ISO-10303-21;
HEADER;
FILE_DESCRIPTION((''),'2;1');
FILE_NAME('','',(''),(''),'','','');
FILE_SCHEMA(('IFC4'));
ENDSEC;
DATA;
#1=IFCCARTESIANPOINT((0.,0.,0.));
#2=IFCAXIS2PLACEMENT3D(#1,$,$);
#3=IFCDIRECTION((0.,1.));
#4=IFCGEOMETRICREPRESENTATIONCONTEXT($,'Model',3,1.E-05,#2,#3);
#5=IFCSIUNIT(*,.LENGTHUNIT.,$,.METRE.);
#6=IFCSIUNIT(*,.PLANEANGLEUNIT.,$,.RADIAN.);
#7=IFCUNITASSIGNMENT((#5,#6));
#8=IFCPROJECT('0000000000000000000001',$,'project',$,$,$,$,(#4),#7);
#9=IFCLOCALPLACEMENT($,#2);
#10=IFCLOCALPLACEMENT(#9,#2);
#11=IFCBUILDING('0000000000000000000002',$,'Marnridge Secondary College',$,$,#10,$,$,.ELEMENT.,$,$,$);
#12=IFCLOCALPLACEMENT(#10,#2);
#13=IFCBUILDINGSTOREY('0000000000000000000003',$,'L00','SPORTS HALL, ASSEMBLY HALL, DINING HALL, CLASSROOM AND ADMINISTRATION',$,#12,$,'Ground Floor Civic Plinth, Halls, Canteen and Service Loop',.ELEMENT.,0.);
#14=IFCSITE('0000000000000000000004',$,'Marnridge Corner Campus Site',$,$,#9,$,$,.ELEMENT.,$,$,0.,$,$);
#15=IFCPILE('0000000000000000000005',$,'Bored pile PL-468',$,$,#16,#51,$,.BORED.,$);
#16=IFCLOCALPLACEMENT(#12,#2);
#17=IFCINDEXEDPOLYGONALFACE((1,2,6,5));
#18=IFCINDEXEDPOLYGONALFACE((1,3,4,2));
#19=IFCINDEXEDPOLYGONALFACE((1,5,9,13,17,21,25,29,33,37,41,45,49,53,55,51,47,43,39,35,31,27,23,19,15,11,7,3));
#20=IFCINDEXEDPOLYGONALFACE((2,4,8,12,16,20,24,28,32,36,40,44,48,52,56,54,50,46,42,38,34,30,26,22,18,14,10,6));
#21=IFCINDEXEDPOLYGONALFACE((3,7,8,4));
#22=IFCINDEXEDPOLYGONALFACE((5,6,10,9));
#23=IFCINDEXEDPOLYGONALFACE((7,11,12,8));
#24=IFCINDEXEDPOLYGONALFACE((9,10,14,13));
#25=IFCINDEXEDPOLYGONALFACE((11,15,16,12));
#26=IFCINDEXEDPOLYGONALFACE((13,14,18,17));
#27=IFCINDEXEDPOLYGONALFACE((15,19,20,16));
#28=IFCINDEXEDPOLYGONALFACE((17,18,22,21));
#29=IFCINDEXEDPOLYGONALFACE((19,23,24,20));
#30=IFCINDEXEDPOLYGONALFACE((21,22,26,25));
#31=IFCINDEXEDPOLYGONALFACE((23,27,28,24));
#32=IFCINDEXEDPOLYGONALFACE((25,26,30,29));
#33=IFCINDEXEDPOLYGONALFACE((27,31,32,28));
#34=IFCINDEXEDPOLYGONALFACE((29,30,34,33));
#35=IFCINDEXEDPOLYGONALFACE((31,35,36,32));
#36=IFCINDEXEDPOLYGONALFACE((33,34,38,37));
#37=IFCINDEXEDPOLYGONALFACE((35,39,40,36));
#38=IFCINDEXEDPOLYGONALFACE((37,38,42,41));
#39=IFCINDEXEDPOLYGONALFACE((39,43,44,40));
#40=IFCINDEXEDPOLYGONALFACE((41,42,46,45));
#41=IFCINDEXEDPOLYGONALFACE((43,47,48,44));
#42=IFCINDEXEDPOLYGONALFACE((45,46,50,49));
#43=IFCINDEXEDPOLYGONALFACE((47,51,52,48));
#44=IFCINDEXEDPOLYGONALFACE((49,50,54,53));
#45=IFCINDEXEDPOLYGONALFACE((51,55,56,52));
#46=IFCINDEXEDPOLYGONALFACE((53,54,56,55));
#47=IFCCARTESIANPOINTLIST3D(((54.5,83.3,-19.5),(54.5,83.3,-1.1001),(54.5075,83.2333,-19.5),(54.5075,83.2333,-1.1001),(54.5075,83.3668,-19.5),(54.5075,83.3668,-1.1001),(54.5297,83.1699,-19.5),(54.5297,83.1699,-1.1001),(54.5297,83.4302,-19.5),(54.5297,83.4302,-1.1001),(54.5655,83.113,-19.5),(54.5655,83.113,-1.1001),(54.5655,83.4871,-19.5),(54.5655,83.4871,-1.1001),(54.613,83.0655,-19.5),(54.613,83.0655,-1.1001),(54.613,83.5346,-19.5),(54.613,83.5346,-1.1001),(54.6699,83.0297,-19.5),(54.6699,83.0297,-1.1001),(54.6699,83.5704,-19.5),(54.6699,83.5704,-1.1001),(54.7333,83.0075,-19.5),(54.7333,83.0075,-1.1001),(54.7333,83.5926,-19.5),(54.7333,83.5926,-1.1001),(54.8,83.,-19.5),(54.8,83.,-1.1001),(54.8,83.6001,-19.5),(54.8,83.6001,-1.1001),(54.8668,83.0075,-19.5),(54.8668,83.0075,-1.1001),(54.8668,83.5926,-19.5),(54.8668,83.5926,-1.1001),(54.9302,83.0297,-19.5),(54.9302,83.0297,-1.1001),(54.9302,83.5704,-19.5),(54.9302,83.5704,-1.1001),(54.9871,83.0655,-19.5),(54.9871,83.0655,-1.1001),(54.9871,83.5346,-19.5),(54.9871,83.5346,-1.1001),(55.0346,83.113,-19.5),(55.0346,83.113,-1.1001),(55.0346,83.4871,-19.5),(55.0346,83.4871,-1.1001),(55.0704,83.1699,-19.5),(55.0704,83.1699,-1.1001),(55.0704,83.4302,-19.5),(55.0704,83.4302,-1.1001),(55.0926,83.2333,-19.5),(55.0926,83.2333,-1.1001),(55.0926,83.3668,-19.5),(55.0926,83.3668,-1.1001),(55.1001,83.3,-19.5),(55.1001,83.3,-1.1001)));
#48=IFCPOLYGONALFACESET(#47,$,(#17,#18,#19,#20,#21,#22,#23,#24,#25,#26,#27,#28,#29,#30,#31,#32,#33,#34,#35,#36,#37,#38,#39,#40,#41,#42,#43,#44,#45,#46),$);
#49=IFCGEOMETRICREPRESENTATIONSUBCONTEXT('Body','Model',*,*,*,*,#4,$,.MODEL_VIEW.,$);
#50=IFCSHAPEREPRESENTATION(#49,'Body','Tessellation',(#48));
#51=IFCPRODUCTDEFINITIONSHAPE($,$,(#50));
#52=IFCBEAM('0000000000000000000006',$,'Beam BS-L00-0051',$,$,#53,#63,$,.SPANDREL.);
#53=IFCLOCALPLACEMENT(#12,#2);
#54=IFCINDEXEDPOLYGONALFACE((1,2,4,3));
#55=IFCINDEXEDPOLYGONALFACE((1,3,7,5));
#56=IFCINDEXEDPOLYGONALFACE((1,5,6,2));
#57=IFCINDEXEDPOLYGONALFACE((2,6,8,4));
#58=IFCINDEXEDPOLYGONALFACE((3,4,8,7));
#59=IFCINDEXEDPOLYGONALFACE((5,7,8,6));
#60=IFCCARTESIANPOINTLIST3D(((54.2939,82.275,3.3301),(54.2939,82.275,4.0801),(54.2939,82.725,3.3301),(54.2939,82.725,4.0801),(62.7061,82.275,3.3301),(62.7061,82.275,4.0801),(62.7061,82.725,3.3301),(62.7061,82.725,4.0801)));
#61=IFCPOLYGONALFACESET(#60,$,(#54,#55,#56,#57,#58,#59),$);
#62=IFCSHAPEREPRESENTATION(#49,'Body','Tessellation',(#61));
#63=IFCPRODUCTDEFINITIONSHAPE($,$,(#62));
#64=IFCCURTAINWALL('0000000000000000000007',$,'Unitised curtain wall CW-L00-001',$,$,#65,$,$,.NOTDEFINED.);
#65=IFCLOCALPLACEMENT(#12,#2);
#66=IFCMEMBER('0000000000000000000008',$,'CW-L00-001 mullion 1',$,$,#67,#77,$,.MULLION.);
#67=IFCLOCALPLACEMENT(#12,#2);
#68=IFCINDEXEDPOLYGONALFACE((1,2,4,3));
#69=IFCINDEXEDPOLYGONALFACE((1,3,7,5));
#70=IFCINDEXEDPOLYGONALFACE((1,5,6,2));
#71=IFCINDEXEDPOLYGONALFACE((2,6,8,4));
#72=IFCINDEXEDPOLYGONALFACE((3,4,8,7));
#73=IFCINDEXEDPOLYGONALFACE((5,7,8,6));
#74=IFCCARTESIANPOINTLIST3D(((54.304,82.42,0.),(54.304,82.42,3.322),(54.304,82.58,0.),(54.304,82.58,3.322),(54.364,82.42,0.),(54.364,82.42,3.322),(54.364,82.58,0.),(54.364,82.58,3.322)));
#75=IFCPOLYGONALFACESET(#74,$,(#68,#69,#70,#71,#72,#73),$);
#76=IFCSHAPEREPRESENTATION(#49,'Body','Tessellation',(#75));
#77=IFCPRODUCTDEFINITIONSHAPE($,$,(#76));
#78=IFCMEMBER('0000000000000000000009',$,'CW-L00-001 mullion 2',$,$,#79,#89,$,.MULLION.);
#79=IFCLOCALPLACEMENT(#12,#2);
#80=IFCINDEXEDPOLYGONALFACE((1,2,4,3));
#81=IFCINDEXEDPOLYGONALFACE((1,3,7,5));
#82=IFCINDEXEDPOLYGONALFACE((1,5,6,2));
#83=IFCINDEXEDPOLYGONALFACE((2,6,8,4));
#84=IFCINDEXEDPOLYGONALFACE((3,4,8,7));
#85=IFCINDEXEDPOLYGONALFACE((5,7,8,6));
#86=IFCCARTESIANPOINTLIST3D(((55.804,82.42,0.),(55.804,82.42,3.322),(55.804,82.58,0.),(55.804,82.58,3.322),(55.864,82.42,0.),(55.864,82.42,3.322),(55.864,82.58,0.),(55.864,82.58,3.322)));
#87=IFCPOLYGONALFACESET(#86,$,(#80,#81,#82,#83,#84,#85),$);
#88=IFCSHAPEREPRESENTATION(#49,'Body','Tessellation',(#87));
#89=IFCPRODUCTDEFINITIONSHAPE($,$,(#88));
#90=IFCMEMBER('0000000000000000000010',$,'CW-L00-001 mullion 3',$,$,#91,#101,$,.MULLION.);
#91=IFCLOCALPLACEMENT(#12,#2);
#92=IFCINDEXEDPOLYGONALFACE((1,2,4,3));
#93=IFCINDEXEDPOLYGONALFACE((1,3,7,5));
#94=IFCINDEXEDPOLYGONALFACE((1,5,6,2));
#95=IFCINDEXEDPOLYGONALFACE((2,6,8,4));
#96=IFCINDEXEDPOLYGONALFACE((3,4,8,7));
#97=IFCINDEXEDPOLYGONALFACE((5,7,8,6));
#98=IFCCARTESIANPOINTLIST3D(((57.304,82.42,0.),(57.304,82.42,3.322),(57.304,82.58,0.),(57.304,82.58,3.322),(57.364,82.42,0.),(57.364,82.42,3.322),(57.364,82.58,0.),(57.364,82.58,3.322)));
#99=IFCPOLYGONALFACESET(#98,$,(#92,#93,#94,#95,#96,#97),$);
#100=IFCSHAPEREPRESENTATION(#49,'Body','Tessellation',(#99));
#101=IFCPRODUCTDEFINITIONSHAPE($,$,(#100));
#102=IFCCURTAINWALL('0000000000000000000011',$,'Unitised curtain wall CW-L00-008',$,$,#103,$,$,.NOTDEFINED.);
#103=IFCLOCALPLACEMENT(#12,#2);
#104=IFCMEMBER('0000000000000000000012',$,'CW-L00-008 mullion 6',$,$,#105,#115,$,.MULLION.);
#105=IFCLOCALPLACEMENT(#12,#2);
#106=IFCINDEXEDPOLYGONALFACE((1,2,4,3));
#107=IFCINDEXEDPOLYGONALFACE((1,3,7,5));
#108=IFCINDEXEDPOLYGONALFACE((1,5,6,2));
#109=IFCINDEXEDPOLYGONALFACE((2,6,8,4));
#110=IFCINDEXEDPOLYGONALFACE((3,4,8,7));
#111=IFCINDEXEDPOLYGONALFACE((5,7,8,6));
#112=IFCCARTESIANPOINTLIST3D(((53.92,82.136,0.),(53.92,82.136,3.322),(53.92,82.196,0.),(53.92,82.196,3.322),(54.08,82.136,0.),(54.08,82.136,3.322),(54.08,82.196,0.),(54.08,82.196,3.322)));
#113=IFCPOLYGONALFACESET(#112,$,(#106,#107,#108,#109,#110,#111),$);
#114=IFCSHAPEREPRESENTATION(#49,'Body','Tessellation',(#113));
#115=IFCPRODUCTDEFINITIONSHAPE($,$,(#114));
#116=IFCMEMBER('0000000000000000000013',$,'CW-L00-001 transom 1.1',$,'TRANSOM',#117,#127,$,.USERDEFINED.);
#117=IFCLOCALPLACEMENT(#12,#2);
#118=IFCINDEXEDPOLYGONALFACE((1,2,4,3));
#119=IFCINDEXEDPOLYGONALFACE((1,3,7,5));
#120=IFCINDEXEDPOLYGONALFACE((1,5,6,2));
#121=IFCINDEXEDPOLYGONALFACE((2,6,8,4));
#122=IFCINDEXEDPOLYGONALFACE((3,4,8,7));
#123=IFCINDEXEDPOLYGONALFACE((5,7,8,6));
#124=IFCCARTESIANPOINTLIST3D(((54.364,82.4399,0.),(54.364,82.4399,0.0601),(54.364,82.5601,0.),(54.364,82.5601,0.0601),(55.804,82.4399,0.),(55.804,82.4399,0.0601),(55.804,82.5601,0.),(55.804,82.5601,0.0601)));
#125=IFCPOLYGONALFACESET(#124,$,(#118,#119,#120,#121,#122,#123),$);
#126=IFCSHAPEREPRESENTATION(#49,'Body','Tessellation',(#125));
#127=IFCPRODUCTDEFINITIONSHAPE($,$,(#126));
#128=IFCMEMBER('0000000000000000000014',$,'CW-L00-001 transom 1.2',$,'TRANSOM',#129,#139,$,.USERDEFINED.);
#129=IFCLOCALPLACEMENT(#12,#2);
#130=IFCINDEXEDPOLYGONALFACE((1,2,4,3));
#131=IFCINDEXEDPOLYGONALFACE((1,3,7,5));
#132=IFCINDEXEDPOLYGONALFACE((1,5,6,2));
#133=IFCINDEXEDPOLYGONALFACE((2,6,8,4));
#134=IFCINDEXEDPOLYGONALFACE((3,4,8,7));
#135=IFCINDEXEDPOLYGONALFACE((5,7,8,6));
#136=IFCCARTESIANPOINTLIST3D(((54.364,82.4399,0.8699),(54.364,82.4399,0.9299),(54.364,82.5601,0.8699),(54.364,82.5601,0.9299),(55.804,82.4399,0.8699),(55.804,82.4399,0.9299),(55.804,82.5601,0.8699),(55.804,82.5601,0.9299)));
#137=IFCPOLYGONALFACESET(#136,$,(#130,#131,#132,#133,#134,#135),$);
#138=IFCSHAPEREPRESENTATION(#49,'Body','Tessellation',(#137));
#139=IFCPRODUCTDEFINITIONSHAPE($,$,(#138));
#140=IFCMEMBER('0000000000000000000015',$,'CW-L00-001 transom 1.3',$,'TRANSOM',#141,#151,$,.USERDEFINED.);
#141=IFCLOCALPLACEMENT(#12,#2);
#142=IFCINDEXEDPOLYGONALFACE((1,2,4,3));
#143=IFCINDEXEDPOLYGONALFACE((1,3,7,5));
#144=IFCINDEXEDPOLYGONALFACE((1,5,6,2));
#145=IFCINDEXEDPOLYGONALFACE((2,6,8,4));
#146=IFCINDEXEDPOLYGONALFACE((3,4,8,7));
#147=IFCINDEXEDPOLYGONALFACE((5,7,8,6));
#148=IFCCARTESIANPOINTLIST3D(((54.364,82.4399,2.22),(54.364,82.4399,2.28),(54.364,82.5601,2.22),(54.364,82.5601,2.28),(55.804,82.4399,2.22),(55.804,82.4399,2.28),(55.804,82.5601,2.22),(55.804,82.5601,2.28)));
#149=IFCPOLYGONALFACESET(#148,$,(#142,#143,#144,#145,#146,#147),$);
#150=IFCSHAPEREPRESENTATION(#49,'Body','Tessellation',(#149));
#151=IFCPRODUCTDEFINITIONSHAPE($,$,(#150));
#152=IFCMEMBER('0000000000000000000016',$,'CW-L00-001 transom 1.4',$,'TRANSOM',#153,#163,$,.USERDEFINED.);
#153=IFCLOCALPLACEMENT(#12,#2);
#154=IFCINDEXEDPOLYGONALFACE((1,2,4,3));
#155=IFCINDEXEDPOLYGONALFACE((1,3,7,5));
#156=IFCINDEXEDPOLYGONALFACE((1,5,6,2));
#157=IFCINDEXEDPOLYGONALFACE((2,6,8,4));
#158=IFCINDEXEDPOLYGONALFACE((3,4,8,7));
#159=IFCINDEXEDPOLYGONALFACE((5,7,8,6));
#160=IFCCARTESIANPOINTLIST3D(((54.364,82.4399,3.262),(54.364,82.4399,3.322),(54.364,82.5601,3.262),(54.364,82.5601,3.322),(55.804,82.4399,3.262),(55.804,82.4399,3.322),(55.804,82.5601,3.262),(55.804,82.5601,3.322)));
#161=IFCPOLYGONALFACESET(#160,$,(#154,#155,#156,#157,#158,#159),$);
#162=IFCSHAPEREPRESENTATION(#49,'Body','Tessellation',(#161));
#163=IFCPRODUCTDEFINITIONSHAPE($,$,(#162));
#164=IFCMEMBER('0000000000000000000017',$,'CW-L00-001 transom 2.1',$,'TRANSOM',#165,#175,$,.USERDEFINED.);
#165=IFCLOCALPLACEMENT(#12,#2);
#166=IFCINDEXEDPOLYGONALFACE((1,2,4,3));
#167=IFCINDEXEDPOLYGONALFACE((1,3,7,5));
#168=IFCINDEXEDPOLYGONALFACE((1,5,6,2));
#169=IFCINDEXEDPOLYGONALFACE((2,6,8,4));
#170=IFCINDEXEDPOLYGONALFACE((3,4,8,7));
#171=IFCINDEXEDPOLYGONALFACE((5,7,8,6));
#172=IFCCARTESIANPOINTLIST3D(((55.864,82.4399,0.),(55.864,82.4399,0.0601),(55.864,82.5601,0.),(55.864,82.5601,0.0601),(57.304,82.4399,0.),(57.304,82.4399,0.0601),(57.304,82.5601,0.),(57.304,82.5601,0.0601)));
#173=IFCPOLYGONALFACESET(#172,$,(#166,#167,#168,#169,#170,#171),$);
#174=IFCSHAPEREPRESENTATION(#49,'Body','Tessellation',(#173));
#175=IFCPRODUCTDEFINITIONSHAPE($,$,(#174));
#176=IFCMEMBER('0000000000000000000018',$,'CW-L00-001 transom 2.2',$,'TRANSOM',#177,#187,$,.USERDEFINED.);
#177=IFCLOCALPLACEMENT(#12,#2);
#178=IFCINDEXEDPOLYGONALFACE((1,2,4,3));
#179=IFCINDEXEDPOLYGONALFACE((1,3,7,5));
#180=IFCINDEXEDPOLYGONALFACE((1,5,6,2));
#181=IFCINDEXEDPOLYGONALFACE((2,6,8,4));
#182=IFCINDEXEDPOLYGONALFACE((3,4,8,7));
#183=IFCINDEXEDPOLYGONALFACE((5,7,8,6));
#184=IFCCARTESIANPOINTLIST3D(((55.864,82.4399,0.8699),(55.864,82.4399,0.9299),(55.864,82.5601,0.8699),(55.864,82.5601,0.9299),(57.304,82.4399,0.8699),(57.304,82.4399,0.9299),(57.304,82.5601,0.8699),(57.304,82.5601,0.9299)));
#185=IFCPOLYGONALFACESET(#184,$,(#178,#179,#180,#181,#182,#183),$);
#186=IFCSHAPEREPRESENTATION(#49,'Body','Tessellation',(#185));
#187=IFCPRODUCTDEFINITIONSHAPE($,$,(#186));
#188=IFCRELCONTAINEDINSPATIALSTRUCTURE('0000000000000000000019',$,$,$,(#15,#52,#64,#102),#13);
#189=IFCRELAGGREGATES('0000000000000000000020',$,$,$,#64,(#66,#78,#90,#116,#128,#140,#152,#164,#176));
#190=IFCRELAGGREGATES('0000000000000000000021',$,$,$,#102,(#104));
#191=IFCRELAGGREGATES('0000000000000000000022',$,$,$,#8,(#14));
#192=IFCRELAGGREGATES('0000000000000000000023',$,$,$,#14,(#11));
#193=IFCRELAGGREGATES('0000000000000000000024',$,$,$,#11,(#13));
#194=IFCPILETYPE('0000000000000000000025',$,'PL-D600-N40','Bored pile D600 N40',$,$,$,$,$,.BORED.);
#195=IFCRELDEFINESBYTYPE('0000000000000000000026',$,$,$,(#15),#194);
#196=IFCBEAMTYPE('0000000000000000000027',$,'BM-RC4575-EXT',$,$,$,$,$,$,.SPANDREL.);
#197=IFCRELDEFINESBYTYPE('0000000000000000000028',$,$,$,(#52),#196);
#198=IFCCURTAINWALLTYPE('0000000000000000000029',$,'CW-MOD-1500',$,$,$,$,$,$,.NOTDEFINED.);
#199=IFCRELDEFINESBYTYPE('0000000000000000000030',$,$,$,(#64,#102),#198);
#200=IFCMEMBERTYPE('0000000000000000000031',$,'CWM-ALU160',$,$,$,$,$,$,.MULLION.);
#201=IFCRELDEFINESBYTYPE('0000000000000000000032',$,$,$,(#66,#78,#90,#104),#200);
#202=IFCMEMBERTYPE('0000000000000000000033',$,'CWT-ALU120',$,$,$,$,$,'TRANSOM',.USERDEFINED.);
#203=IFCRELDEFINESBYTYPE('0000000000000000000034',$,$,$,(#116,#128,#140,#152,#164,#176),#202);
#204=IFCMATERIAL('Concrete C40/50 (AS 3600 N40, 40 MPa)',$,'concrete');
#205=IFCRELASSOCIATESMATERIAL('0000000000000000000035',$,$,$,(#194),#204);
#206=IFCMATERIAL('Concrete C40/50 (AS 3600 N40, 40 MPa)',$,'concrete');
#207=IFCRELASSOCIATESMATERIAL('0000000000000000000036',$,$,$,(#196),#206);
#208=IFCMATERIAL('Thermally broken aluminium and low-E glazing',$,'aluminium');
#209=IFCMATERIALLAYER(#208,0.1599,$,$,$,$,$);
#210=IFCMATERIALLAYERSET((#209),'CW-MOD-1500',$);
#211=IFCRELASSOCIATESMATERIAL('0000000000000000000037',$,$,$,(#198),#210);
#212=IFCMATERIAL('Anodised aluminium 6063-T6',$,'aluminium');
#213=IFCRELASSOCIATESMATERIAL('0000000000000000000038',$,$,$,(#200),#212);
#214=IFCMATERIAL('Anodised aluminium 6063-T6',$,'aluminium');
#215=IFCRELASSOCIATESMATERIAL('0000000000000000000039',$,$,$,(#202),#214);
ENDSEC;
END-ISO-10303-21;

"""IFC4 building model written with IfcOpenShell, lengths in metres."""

from ifc_helpers import new_model, si_unit, direction, frame, origin, origin_2d, place, context, subcontext, project, spatial, rectangle, circle, extrude, material, layer, layer_set, material_profile, profile_set, type_object, element, aggregate, save


model = new_model("IFC4")

# Units and contexts
model_context = context("Model", 3, precision=1e-05, world=origin(), true_north=direction((0.0, 1.0)))
body_context = subcontext(model_context, "Body", "Model", "MODEL_VIEW")
ifc_project = project(units=[si_unit("LENGTHUNIT", "METRE"), si_unit("PLANEANGLEUNIT", "RADIAN")], contexts=[model_context])

# Site, building, storey
site_placement = place(None, origin())
site = spatial("IfcSite", under=ifc_project, at=site_placement, Name="Marnridge Corner Campus Site", CompositionType="ELEMENT", RefElevation=0.0)
building_placement = place(site_placement, origin())
building = spatial("IfcBuilding", under=site, at=building_placement, Name="Marnridge Secondary College", CompositionType="ELEMENT")
storey_placement = place(building_placement, origin())
storey = spatial("IfcBuildingStorey", under=building, at=storey_placement, Name="L00", Description="SPORTS HALL, ASSEMBLY HALL, DINING HALL, CLASSROOM AND ADMINISTRATION", LongName="Ground Floor Civic Plinth, Halls, Canteen and Service Loop", CompositionType="ELEMENT", Elevation=0.0)

# Pile
ifc_material_1 = material(Name="Concrete C40/50 (AS 3600 N40, 40 MPa)", Category="concrete")
ifc_material_profile_1 = material_profile(ifc_material_1, circle(Radius=0.3, at=origin_2d()), Name="PILE D600")
ifc_profile_set_1 = profile_set([ifc_material_profile_1], Name="Concrete C40/50 (AS 3600 N40, 40 MPa)")
pile_type = type_object("IfcPileType", Name="PL-D600-N40", Description="Bored pile D600 N40", PredefinedType="BORED", material=ifc_profile_set_1)
pile_placement = place(storey_placement, frame((54.8, 83.3, -1.1001), z_axis=(0.0, 0.0, -1.0), x_axis=(1.0, 0.0, 0.0)))
element("IfcPile", 1, at=pile_placement, inside=storey, type_object=pile_type, Name="Bored pile PL-468", PredefinedType="BORED", context=body_context, shape_type="SweptSolid", body=[
    extrude(circle(Radius=0.3, at=origin_2d()), origin(), (0.0, 0.0, 1.0), 18.3999),
])

# Beam
ifc_material_2 = material(Name="Concrete C40/50 (AS 3600 N40, 40 MPa)", Category="concrete")
ifc_material_profile_2 = material_profile(ifc_material_2, rectangle(XDim=0.45, YDim=0.75, at=origin_2d()), Name="RC 450x750")
ifc_profile_set_2 = profile_set([ifc_material_profile_2], Name="Concrete C40/50 (AS 3600 N40, 40 MPa)")
beam_type = type_object("IfcBeamType", Name="BM-RC4575-EXT", PredefinedType="SPANDREL", material=ifc_profile_set_2)
beam_placement = place(storey_placement, frame((54.2939, 82.5, 3.7051), z_axis=(1.0, 0.0, 0.0), x_axis=(0.0, 1.0, 0.0)))
element("IfcBeam", 2, at=beam_placement, inside=storey, type_object=beam_type, Name="Beam BS-L00-0051", PredefinedType="SPANDREL", context=body_context, shape_type="SweptSolid", body=[
    extrude(rectangle(XDim=0.45, YDim=0.75, at=origin_2d()), origin(), (0.0, 0.0, 1.0), 8.4121),
])

# Curtain wall, members
ifc_material_3 = material(Name="Thermally broken aluminium and low-E glazing", Category="aluminium")
ifc_layer_1 = layer(ifc_material_3, 0.1599)
ifc_layer_set_1 = layer_set([ifc_layer_1], Name="CW-MOD-1500")
curtain_wall_type = type_object("IfcCurtainWallType", Name="CW-MOD-1500", PredefinedType="NOTDEFINED", material=ifc_layer_set_1)
curtain_wall_1_placement = place(storey_placement, origin())
curtain_wall_1 = element("IfcCurtainWall", 3, at=curtain_wall_1_placement, inside=storey, type_object=curtain_wall_type, Name="Unitised curtain wall CW-L00-001", PredefinedType="NOTDEFINED")
ifc_material_4 = material(Name="Anodised aluminium 6063-T6", Category="aluminium")
ifc_material_profile_3 = material_profile(ifc_material_4, rectangle(XDim=0.0601, YDim=0.1599, at=origin_2d()), Name="ALU 60x160")
ifc_profile_set_3 = profile_set([ifc_material_profile_3], Name="Anodised aluminium 6063-T6")
member_type_1 = type_object("IfcMemberType", Name="CWM-ALU160", PredefinedType="MULLION", material=ifc_profile_set_3)
member_1_placement = place(storey_placement, frame((54.334, 82.5, 0.0), z_axis=(0.0, 0.0, 1.0), x_axis=(1.0, 0.0, 0.0)))
member_1 = element("IfcMember", 4, at=member_1_placement, type_object=member_type_1, Name="CW-L00-001 mullion 1", PredefinedType="MULLION", context=body_context, shape_type="SweptSolid", body=[
    extrude(rectangle(XDim=0.0601, YDim=0.1599, at=origin_2d()), origin(), (0.0, 0.0, 1.0), 3.322),
])
member_2_placement = place(storey_placement, frame((55.834, 82.5, 0.0), z_axis=(0.0, 0.0, 1.0), x_axis=(1.0, 0.0, 0.0)))
member_2 = element("IfcMember", 5, at=member_2_placement, type_object=member_type_1, Name="CW-L00-001 mullion 2", PredefinedType="MULLION", context=body_context, shape_type="SweptSolid", body=[
    extrude(rectangle(XDim=0.0601, YDim=0.1599, at=origin_2d()), origin(), (0.0, 0.0, 1.0), 3.322),
])
member_3_placement = place(storey_placement, frame((57.334, 82.5, 0.0), z_axis=(0.0, 0.0, 1.0), x_axis=(1.0, 0.0, 0.0)))
member_3 = element("IfcMember", 6, at=member_3_placement, type_object=member_type_1, Name="CW-L00-001 mullion 3", PredefinedType="MULLION", context=body_context, shape_type="SweptSolid", body=[
    extrude(rectangle(XDim=0.0601, YDim=0.1599, at=origin_2d()), origin(), (0.0, 0.0, 1.0), 3.322),
])

# Curtain wall, member
curtain_wall_2_placement = place(storey_placement, origin())
curtain_wall_2 = element("IfcCurtainWall", 7, at=curtain_wall_2_placement, inside=storey, type_object=curtain_wall_type, Name="Unitised curtain wall CW-L00-008", PredefinedType="NOTDEFINED")
member_4_placement = place(storey_placement, frame((54.0, 82.166, 0.0), z_axis=(0.0, 0.0, 1.0), x_axis=(0.0, 1.0, 0.0)))
member_4 = element("IfcMember", 8, at=member_4_placement, type_object=member_type_1, Name="CW-L00-008 mullion 6", PredefinedType="MULLION", context=body_context, shape_type="SweptSolid", body=[
    extrude(rectangle(XDim=0.0601, YDim=0.1599, at=origin_2d()), origin(), (0.0, 0.0, 1.0), 3.322),
])

# Members
ifc_material_5 = material(Name="Anodised aluminium 6063-T6", Category="aluminium")
ifc_material_profile_4 = material_profile(ifc_material_5, rectangle(XDim=0.0601, YDim=0.1201, at=origin_2d()), Name="ALU 60x120")
ifc_profile_set_4 = profile_set([ifc_material_profile_4], Name="Anodised aluminium 6063-T6")
member_type_2 = type_object("IfcMemberType", Name="CWT-ALU120", ElementType="TRANSOM", PredefinedType="USERDEFINED", material=ifc_profile_set_4)
member_5_placement = place(storey_placement, frame((54.364, 82.5, 0.03), z_axis=(1.0, 0.0, 0.0), x_axis=(0.0, 0.0, 1.0)))
member_5 = element("IfcMember", 9, at=member_5_placement, type_object=member_type_2, Name="CW-L00-001 transom 1.1", ObjectType="TRANSOM", PredefinedType="USERDEFINED", context=body_context, shape_type="SweptSolid", body=[
    extrude(rectangle(XDim=0.0601, YDim=0.1201, at=origin_2d()), origin(), (0.0, 0.0, 1.0), 1.4399),
])
member_6_placement = place(storey_placement, frame((54.364, 82.5, 0.8999), z_axis=(1.0, 0.0, 0.0), x_axis=(0.0, 0.0, 1.0)))
member_6 = element("IfcMember", 10, at=member_6_placement, type_object=member_type_2, Name="CW-L00-001 transom 1.2", ObjectType="TRANSOM", PredefinedType="USERDEFINED", context=body_context, shape_type="SweptSolid", body=[
    extrude(rectangle(XDim=0.0601, YDim=0.1201, at=origin_2d()), origin(), (0.0, 0.0, 1.0), 1.4399),
])
member_7_placement = place(storey_placement, frame((54.364, 82.5, 2.25), z_axis=(1.0, 0.0, 0.0), x_axis=(0.0, 0.0, 1.0)))
member_7 = element("IfcMember", 11, at=member_7_placement, type_object=member_type_2, Name="CW-L00-001 transom 1.3", ObjectType="TRANSOM", PredefinedType="USERDEFINED", context=body_context, shape_type="SweptSolid", body=[
    extrude(rectangle(XDim=0.0601, YDim=0.1201, at=origin_2d()), origin(), (0.0, 0.0, 1.0), 1.4399),
])
member_8_placement = place(storey_placement, frame((54.364, 82.5, 3.292), z_axis=(1.0, 0.0, 0.0), x_axis=(0.0, 0.0, 1.0)))
member_8 = element("IfcMember", 12, at=member_8_placement, type_object=member_type_2, Name="CW-L00-001 transom 1.4", ObjectType="TRANSOM", PredefinedType="USERDEFINED", context=body_context, shape_type="SweptSolid", body=[
    extrude(rectangle(XDim=0.0601, YDim=0.1201, at=origin_2d()), origin(), (0.0, 0.0, 1.0), 1.4399),
])
member_9_placement = place(storey_placement, frame((55.864, 82.5, 0.03), z_axis=(1.0, 0.0, 0.0), x_axis=(0.0, 0.0, 1.0)))
member_9 = element("IfcMember", 13, at=member_9_placement, type_object=member_type_2, Name="CW-L00-001 transom 2.1", ObjectType="TRANSOM", PredefinedType="USERDEFINED", context=body_context, shape_type="SweptSolid", body=[
    extrude(rectangle(XDim=0.0601, YDim=0.1201, at=origin_2d()), origin(), (0.0, 0.0, 1.0), 1.4399),
])
member_10_placement = place(storey_placement, frame((55.864, 82.5, 0.8999), z_axis=(1.0, 0.0, 0.0), x_axis=(0.0, 0.0, 1.0)))
member_10 = element("IfcMember", 14, at=member_10_placement, type_object=member_type_2, Name="CW-L00-001 transom 2.2", ObjectType="TRANSOM", PredefinedType="USERDEFINED", context=body_context, shape_type="SweptSolid", body=[
    extrude(rectangle(XDim=0.0601, YDim=0.1201, at=origin_2d()), origin(), (0.0, 0.0, 1.0), 1.4399),
])

aggregate(curtain_wall_1, [member_1, member_2, member_3, member_5, member_6, member_7, member_8, member_9, member_10])
aggregate(curtain_wall_2, [member_4])

save(model, "model.ifc")
